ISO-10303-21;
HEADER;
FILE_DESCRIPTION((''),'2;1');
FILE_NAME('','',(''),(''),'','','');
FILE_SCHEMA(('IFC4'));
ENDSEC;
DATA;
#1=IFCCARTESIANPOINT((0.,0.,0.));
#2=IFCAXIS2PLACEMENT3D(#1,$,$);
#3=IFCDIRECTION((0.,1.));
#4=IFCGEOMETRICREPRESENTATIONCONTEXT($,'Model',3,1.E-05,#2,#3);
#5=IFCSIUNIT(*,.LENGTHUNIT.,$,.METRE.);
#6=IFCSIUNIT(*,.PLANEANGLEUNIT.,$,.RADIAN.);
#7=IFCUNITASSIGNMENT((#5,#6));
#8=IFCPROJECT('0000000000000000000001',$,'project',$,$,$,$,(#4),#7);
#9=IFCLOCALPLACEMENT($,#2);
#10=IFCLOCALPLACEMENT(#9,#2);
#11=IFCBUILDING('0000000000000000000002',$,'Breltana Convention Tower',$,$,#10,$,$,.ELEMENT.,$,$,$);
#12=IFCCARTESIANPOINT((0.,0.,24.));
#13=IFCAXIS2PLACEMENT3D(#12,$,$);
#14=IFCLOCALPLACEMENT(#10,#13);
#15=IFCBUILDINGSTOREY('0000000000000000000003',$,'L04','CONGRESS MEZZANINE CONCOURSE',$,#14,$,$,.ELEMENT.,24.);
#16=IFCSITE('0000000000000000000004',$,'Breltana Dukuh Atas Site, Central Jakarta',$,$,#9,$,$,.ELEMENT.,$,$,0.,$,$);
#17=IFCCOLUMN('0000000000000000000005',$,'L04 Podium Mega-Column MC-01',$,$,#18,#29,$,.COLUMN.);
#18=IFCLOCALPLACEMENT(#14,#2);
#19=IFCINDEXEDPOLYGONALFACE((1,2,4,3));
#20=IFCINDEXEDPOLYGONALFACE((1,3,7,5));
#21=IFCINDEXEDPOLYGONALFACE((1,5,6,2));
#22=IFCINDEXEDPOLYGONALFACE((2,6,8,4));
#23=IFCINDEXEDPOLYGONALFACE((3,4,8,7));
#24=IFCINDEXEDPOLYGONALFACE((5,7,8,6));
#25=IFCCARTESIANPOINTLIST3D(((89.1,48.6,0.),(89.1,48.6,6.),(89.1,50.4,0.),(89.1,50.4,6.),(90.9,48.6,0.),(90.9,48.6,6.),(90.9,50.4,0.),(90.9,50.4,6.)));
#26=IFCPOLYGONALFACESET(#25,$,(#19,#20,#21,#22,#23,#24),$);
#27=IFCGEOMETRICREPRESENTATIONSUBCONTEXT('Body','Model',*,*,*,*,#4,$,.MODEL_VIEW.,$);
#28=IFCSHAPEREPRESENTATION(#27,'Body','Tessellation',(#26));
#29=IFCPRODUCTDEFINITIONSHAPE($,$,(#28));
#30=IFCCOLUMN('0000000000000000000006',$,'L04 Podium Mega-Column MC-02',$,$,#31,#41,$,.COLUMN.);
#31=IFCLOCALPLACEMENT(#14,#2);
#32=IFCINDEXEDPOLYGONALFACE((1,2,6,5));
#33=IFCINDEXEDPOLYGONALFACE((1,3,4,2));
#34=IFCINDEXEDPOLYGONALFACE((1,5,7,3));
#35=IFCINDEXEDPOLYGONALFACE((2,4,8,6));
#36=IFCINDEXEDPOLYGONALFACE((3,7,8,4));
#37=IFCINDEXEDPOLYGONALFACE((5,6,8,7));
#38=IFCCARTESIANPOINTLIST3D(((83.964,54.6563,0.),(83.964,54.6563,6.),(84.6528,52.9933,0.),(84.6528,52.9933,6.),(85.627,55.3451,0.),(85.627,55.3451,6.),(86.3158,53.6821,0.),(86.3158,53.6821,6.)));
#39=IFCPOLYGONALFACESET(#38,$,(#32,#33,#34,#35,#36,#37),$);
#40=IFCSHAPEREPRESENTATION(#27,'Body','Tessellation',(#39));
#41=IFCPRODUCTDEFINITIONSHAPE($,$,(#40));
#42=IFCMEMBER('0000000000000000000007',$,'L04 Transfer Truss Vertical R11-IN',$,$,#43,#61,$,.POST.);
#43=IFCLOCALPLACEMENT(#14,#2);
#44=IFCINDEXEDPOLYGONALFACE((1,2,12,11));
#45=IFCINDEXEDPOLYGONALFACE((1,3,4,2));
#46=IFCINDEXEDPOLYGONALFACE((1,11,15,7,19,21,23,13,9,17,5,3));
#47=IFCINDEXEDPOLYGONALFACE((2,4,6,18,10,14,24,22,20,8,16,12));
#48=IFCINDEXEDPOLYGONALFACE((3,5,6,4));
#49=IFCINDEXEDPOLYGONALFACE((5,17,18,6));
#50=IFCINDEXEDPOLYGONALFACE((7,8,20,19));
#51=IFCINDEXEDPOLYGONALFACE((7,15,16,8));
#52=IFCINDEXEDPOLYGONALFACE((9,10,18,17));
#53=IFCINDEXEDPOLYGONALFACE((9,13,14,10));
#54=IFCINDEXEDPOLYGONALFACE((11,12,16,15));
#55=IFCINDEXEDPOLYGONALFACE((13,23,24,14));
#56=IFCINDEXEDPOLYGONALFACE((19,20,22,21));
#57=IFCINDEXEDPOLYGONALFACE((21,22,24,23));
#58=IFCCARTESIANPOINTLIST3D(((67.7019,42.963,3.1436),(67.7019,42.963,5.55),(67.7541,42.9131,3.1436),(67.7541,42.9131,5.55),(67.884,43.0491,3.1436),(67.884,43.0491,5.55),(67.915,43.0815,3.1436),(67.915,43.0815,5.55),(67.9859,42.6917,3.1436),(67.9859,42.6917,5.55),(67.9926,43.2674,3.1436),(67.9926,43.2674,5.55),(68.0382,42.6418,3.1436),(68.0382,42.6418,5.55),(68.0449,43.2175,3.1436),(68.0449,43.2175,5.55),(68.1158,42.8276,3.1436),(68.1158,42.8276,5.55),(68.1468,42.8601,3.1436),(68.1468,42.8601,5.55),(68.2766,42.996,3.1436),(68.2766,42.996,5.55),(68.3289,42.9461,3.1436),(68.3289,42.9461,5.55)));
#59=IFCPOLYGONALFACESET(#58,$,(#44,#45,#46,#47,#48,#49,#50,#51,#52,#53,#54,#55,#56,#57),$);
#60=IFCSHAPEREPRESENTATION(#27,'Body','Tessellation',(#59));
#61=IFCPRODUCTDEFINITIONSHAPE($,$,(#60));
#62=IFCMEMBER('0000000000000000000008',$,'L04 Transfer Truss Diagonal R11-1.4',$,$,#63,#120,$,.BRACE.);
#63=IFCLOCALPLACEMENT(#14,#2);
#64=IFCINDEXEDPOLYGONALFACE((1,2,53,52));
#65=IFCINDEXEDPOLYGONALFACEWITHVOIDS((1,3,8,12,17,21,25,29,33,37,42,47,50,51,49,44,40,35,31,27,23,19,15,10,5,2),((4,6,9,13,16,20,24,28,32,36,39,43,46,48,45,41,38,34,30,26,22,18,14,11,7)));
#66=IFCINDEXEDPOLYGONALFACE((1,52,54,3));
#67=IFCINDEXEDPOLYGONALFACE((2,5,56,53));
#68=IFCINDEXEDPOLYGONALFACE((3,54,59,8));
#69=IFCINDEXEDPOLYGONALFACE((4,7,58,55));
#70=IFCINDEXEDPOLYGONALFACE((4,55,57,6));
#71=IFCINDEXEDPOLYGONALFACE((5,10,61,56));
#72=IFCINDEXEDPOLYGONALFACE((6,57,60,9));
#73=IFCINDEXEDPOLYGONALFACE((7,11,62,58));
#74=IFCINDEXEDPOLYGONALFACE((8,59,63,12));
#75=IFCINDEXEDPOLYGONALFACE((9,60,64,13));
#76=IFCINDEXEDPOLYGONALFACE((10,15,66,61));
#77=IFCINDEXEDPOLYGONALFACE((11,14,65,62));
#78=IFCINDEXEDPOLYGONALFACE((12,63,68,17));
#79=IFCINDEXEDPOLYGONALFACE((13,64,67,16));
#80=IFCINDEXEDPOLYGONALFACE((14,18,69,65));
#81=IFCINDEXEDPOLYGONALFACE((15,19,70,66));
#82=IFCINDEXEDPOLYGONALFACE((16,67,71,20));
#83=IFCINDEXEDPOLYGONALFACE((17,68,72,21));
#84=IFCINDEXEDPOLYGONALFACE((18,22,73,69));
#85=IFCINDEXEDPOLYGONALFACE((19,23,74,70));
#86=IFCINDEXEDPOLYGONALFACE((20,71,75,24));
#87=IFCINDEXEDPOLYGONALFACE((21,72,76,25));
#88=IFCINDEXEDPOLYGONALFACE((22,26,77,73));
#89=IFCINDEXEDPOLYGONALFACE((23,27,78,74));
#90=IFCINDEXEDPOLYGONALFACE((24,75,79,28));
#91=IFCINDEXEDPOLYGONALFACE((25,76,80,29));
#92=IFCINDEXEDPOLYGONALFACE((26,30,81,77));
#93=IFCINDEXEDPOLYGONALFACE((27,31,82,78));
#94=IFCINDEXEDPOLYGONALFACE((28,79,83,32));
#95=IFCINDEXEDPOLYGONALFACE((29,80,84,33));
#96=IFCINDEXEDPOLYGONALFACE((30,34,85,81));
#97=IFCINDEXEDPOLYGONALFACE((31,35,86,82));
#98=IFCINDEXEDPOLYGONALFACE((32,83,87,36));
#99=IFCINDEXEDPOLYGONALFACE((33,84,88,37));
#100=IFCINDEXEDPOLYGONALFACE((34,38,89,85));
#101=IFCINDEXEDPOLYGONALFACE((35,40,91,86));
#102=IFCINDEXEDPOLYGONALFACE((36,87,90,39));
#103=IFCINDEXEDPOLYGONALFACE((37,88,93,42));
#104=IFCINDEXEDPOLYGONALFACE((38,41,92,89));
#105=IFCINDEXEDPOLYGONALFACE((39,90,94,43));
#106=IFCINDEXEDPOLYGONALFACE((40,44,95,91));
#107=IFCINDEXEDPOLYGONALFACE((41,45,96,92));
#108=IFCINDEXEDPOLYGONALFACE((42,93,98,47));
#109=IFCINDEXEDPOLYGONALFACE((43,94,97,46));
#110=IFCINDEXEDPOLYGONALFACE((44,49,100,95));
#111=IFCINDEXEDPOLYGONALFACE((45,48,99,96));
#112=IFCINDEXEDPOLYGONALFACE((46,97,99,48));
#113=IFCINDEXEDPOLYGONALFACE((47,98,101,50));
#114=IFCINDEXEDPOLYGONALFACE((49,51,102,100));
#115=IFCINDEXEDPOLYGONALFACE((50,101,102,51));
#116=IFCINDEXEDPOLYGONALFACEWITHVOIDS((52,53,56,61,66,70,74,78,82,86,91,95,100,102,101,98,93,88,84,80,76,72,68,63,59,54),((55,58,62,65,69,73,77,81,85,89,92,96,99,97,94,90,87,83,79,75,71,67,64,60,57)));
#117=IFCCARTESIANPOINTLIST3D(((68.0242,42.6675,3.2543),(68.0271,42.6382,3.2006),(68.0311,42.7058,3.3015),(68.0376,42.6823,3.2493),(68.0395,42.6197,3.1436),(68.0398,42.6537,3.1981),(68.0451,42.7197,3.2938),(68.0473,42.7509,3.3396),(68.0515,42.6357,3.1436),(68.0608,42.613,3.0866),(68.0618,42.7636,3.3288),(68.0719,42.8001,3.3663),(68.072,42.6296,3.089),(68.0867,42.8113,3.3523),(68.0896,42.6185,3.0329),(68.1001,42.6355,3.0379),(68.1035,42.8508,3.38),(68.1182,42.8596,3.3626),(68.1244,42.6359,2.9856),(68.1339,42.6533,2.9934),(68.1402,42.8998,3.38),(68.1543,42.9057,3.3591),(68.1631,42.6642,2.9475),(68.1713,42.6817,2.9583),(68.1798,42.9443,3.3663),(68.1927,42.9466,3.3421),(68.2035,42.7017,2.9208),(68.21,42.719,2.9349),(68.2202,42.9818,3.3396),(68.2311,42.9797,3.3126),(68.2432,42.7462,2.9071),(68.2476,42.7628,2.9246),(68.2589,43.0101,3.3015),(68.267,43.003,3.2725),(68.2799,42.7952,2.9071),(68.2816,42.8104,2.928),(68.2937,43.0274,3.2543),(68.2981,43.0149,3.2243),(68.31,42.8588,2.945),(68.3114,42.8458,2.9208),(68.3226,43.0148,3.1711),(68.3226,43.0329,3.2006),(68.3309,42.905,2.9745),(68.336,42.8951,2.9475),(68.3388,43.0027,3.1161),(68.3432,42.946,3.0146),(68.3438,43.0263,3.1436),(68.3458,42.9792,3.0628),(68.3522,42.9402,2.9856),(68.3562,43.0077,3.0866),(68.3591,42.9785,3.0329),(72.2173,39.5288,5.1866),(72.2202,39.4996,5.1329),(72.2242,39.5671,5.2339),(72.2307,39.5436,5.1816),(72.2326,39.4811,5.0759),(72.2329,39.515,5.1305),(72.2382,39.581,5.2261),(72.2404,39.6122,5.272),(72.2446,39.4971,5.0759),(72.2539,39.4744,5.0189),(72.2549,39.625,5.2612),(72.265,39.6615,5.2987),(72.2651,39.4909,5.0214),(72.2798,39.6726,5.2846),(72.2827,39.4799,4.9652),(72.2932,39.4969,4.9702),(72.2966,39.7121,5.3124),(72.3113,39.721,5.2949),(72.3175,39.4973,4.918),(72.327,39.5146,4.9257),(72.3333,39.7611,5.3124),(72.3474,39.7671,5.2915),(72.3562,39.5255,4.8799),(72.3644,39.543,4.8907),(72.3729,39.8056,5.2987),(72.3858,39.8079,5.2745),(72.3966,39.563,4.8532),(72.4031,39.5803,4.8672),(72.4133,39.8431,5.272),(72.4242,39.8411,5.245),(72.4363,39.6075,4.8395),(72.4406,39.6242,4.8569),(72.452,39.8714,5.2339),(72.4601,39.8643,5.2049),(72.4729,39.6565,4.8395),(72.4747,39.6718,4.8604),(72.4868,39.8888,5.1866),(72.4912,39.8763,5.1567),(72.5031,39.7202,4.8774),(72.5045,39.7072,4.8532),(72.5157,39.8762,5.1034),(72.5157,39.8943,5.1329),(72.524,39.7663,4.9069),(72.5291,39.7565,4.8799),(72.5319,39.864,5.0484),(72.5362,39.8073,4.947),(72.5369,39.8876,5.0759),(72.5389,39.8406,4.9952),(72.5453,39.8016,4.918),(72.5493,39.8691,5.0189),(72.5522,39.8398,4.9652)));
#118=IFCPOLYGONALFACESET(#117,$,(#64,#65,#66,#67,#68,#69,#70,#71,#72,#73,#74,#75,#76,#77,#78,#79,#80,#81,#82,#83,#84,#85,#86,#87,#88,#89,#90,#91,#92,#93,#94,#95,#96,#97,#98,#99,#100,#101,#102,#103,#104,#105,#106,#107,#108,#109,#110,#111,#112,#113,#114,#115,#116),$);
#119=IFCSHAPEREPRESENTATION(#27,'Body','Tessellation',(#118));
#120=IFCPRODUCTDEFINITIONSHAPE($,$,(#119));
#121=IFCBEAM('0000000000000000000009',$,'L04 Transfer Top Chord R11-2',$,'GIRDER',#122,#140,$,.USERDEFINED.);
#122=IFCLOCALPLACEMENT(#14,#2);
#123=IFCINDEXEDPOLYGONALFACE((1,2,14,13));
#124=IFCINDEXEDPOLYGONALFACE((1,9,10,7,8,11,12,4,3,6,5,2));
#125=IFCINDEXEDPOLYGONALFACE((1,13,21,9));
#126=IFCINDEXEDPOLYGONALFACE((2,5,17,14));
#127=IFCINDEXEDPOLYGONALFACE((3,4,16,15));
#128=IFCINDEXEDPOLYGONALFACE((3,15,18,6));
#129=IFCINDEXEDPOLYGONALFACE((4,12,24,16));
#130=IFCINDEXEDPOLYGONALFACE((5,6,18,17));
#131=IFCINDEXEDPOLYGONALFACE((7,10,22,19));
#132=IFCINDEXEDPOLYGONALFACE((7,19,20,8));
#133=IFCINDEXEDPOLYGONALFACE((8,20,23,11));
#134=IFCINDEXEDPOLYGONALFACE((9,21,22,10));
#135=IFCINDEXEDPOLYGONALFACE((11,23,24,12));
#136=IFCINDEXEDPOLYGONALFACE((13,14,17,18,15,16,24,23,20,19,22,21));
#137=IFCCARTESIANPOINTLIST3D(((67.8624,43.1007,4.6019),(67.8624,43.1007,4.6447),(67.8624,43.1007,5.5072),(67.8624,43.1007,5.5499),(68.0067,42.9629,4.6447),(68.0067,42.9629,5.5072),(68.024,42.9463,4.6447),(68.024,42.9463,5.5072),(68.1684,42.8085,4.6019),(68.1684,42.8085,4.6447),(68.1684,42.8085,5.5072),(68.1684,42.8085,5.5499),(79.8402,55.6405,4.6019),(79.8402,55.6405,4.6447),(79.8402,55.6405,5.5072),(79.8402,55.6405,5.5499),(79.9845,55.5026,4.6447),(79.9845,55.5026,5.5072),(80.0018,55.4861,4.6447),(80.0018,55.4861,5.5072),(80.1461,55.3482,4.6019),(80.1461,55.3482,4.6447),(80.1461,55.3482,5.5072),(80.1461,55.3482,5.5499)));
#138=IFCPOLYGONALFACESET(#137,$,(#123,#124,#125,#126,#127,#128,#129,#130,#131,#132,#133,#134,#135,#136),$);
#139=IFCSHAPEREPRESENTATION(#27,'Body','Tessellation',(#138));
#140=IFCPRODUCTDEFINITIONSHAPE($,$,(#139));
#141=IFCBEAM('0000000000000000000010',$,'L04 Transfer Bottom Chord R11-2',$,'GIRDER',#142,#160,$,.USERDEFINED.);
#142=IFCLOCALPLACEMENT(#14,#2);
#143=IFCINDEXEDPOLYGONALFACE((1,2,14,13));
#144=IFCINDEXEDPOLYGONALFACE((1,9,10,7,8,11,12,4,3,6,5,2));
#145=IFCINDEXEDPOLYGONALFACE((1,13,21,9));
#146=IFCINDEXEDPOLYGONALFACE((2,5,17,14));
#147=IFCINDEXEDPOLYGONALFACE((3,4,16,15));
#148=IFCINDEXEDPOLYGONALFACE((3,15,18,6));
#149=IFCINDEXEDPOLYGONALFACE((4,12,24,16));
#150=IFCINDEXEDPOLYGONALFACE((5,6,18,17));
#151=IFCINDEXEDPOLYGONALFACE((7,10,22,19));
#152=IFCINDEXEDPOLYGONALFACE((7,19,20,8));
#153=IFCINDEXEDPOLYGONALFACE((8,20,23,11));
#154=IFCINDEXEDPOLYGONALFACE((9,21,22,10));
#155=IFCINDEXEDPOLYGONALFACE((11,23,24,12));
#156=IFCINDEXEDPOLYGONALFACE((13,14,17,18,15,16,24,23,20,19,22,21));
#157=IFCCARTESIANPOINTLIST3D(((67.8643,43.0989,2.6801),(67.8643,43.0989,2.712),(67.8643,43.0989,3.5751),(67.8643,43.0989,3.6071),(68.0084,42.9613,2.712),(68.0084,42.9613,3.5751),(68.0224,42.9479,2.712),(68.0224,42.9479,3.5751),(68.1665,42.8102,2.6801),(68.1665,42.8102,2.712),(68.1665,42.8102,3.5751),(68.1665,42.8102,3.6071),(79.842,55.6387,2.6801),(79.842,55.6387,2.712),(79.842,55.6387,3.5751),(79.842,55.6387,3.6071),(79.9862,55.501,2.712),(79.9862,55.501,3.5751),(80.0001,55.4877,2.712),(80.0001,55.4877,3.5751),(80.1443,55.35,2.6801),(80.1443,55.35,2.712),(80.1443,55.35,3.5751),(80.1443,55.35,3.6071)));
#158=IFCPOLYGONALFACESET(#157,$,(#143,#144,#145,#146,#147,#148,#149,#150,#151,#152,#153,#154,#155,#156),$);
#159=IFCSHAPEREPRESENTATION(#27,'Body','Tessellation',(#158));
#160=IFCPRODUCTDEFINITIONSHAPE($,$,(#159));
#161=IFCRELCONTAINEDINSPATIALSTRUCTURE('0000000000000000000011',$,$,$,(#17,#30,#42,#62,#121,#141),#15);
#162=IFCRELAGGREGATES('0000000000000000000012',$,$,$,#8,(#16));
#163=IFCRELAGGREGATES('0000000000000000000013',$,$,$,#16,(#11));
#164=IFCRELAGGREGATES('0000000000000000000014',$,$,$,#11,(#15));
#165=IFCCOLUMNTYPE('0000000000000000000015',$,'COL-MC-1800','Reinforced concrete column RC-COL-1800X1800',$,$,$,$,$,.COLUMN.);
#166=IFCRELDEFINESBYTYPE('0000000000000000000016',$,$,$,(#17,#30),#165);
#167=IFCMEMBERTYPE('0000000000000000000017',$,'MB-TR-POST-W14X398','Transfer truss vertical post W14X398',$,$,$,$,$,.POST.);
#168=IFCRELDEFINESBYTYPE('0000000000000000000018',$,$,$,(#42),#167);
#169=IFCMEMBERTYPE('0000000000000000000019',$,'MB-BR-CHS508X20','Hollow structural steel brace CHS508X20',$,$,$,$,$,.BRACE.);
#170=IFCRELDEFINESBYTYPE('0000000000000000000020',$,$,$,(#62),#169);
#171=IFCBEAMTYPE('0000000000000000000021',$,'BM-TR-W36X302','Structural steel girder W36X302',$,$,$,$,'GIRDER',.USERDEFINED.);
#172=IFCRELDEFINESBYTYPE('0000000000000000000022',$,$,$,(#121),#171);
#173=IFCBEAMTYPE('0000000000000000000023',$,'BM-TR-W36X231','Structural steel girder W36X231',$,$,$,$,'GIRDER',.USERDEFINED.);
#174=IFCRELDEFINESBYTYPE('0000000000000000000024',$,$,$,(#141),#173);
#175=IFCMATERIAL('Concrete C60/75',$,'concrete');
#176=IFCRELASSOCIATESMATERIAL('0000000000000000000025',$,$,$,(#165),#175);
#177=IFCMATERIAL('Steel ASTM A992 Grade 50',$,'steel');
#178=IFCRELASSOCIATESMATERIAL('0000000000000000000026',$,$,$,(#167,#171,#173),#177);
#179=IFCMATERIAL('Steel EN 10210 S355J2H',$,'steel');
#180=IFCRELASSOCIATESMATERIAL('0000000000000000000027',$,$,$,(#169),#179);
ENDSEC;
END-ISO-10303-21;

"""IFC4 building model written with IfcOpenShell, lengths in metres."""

from ifc_helpers import new_model, si_unit, direction, frame, origin, origin_2d, place, context, subcontext, project, spatial, rectangle, hollow_circle, i_section, extrude, source, transform, mapped, material, material_profile, profile_set, type_object, type_shapes, element, save


model = new_model("IFC4")

# Units and contexts
model_context = context("Model", 3, precision=1e-05, world=origin(), true_north=direction((0.0, 1.0)))
body_context = subcontext(model_context, "Body", "Model", "MODEL_VIEW")
ifc_project = project(units=[si_unit("LENGTHUNIT", "METRE"), si_unit("PLANEANGLEUNIT", "RADIAN")], contexts=[model_context])

# Site, building, storey
site_placement = place(None, origin())
site = spatial("IfcSite", under=ifc_project, at=site_placement, Name="Breltana Dukuh Atas Site, Central Jakarta", CompositionType="ELEMENT", RefElevation=0.0)
building_placement = place(site_placement, origin())
building = spatial("IfcBuilding", under=site, at=building_placement, Name="Breltana Convention Tower", CompositionType="ELEMENT")
storey_placement = place(building_placement, frame((0.0, 0.0, 24.0)))
storey = spatial("IfcBuildingStorey", under=building, at=storey_placement, Name="L04", Description="CONGRESS MEZZANINE CONCOURSE", CompositionType="ELEMENT", Elevation=24.0)

# Columns
ifc_material_1 = material(Name="Concrete C60/75", Category="concrete")
ifc_material_profile_1 = material_profile(ifc_material_1, rectangle(XDim=1.8, YDim=1.8, at=origin_2d()), Name="RC-COL-1800X1800")
ifc_profile_set_1 = profile_set([ifc_material_profile_1], Name="Concrete C60/75")
column_type = type_object("IfcColumnType", Name="COL-MC-1800", Description="Reinforced concrete column RC-COL-1800X1800", PredefinedType="COLUMN", material=ifc_profile_set_1)
shared_shape_1 = source(origin(), body_context, "Body", "SweptSolid", [
    extrude(rectangle(XDim=1.8, YDim=1.8, at=origin_2d()), origin(), (0.0, 0.0, 1.0), 6.0),
])
type_shapes(column_type, [shared_shape_1])
for number, where, z_axis, x_axis, name in (
    (1, (90.0, 49.5, 0.0), (0.0, 0.0, 1.0), (1.0, 0.0, 0.0), "L04 Podium Mega-Column MC-01"),
    (2, (85.1399, 54.1692, 0.0), (0.0, 0.0, 1.0), (0.92388, 0.382683, 0.0), "L04 Podium Mega-Column MC-02"),
):
    element("IfcColumn", number, at=place(storey_placement, frame(where, z_axis=z_axis, x_axis=x_axis)), inside=storey, type_object=column_type, Name=name, PredefinedType="COLUMN", context=body_context, shape_type="MappedRepresentation", body=[
        mapped(shared_shape_1, transform((0.0, 0.0, 0.0), scale=1.0)),
    ])

# Members
ifc_material_2 = material(Name="Steel ASTM A992 Grade 50", Category="steel")
ifc_material_profile_2 = material_profile(ifc_material_2, i_section(OverallWidth=0.4209, OverallDepth=0.4651, WebThickness=0.0449, FlangeThickness=0.0723, at=origin_2d()), Name="W14X398")
ifc_profile_set_2 = profile_set([ifc_material_profile_2], Name="Steel ASTM A992 Grade 50")
member_type_1 = type_object("IfcMemberType", Name="MB-TR-POST-W14X398", Description="Transfer truss vertical post W14X398", PredefinedType="POST", material=ifc_profile_set_2)
shared_shape_2 = source(origin(), body_context, "Body", "SweptSolid", [
    extrude(i_section(OverallWidth=0.4209, OverallDepth=0.4651, WebThickness=0.0449, FlangeThickness=0.0723, at=origin_2d()), origin(), (0.0, 0.0, 1.0), 2.4065),
])
type_shapes(member_type_1, [shared_shape_2])
member_1_placement = place(storey_placement, frame((68.0154, 42.9546, 3.1436), z_axis=(0.0, 0.0, 1.0), x_axis=(0.690756, 0.723088, 0.0)))
element("IfcMember", 3, at=member_1_placement, inside=storey, type_object=member_type_1, Name="L04 Transfer Truss Vertical R11-IN", PredefinedType="POST", context=body_context, shape_type="MappedRepresentation", body=[
    mapped(shared_shape_2, transform((0.0, 0.0, 0.0), scale=1.0)),
])
ifc_material_3 = material(Name="Steel EN 10210 S355J2H", Category="steel")
ifc_material_profile_3 = material_profile(ifc_material_3, hollow_circle(Radius=0.2539, WallThickness=0.02, at=origin_2d()), Name="CHS508X20")
ifc_profile_set_3 = profile_set([ifc_material_profile_3], Name="Steel EN 10210 S355J2H")
member_type_2 = type_object("IfcMemberType", Name="MB-BR-CHS508X20", Description="Hollow structural steel brace CHS508X20", PredefinedType="BRACE", material=ifc_profile_set_3)
shared_shape_3 = source(origin(), body_context, "Body", "SweptSolid", [
    extrude(hollow_circle(Radius=0.2539, WallThickness=0.02, at=origin_2d()), origin(), (0.0, 0.0, 1.0), 5.5828),
])
type_shapes(member_type_2, [shared_shape_3])
member_2_placement = place(storey_placement, frame((72.3848, 39.6843, 5.0759), z_axis=(-0.751079, 0.562205, -0.34613), x_axis=(-0.599246, -0.800565, 0.0)))
element("IfcMember", 4, at=member_2_placement, inside=storey, type_object=member_type_2, Name="L04 Transfer Truss Diagonal R11-1.4", PredefinedType="BRACE", context=body_context, shape_type="MappedRepresentation", body=[
    mapped(shared_shape_3, transform((0.0, 0.0, 0.0), scale=1.0)),
])

# Beams
ifc_material_profile_4 = material_profile(ifc_material_2, i_section(OverallWidth=0.4231, OverallDepth=0.948, WebThickness=0.0239, FlangeThickness=0.0427, at=origin_2d()), Name="W36X302")
ifc_profile_set_4 = profile_set([ifc_material_profile_4], Name="Steel ASTM A992 Grade 50")
beam_type_1 = type_object("IfcBeamType", Name="BM-TR-W36X302", Description="Structural steel girder W36X302", ElementType="GIRDER", PredefinedType="USERDEFINED", material=ifc_profile_set_4)
shared_shape_4 = source(origin(), body_context, "Body", "SweptSolid", [
    extrude(i_section(OverallWidth=0.4231, OverallDepth=0.948, WebThickness=0.0239, FlangeThickness=0.0427, at=origin_2d()), origin(), (0.0, 0.0, 1.0), 17.3411),
])
beam_1_placement = place(storey_placement, frame((68.0154, 42.9546, 5.0759), z_axis=(0.690716, 0.723126, 0.0), x_axis=(-0.723126, 0.690716, 0.0)))
element("IfcBeam", 5, at=beam_1_placement, inside=storey, type_object=beam_type_1, Name="L04 Transfer Top Chord R11-2", ObjectType="GIRDER", PredefinedType="USERDEFINED", context=body_context, shape_type="MappedRepresentation", body=[
    mapped(shared_shape_4, transform((0.0, 0.0, 0.0), scale=1.0)),
])
ifc_material_profile_5 = material_profile(ifc_material_2, i_section(OverallWidth=0.418, OverallDepth=0.927, WebThickness=0.0193, FlangeThickness=0.032, at=origin_2d()), Name="W36X231")
ifc_profile_set_5 = profile_set([ifc_material_profile_5], Name="Steel ASTM A992 Grade 50")
beam_type_2 = type_object("IfcBeamType", Name="BM-TR-W36X231", Description="Structural steel girder W36X231", ElementType="GIRDER", PredefinedType="USERDEFINED", material=ifc_profile_set_5)
shared_shape_5 = source(origin(), body_context, "Body", "SweptSolid", [
    extrude(i_section(OverallWidth=0.418, OverallDepth=0.927, WebThickness=0.0193, FlangeThickness=0.032, at=origin_2d()), origin(), (0.0, 0.0, 1.0), 17.3411),
])
beam_2_placement = place(storey_placement, frame((68.0154, 42.9546, 3.1436), z_axis=(0.690716, 0.723126, 0.0), x_axis=(-0.723126, 0.690716, 0.0)))
element("IfcBeam", 6, at=beam_2_placement, inside=storey, type_object=beam_type_2, Name="L04 Transfer Bottom Chord R11-2", ObjectType="GIRDER", PredefinedType="USERDEFINED", context=body_context, shape_type="MappedRepresentation", body=[
    mapped(shared_shape_5, transform((0.0, 0.0, 0.0), scale=1.0)),
])

save(model, "model.ifc")
